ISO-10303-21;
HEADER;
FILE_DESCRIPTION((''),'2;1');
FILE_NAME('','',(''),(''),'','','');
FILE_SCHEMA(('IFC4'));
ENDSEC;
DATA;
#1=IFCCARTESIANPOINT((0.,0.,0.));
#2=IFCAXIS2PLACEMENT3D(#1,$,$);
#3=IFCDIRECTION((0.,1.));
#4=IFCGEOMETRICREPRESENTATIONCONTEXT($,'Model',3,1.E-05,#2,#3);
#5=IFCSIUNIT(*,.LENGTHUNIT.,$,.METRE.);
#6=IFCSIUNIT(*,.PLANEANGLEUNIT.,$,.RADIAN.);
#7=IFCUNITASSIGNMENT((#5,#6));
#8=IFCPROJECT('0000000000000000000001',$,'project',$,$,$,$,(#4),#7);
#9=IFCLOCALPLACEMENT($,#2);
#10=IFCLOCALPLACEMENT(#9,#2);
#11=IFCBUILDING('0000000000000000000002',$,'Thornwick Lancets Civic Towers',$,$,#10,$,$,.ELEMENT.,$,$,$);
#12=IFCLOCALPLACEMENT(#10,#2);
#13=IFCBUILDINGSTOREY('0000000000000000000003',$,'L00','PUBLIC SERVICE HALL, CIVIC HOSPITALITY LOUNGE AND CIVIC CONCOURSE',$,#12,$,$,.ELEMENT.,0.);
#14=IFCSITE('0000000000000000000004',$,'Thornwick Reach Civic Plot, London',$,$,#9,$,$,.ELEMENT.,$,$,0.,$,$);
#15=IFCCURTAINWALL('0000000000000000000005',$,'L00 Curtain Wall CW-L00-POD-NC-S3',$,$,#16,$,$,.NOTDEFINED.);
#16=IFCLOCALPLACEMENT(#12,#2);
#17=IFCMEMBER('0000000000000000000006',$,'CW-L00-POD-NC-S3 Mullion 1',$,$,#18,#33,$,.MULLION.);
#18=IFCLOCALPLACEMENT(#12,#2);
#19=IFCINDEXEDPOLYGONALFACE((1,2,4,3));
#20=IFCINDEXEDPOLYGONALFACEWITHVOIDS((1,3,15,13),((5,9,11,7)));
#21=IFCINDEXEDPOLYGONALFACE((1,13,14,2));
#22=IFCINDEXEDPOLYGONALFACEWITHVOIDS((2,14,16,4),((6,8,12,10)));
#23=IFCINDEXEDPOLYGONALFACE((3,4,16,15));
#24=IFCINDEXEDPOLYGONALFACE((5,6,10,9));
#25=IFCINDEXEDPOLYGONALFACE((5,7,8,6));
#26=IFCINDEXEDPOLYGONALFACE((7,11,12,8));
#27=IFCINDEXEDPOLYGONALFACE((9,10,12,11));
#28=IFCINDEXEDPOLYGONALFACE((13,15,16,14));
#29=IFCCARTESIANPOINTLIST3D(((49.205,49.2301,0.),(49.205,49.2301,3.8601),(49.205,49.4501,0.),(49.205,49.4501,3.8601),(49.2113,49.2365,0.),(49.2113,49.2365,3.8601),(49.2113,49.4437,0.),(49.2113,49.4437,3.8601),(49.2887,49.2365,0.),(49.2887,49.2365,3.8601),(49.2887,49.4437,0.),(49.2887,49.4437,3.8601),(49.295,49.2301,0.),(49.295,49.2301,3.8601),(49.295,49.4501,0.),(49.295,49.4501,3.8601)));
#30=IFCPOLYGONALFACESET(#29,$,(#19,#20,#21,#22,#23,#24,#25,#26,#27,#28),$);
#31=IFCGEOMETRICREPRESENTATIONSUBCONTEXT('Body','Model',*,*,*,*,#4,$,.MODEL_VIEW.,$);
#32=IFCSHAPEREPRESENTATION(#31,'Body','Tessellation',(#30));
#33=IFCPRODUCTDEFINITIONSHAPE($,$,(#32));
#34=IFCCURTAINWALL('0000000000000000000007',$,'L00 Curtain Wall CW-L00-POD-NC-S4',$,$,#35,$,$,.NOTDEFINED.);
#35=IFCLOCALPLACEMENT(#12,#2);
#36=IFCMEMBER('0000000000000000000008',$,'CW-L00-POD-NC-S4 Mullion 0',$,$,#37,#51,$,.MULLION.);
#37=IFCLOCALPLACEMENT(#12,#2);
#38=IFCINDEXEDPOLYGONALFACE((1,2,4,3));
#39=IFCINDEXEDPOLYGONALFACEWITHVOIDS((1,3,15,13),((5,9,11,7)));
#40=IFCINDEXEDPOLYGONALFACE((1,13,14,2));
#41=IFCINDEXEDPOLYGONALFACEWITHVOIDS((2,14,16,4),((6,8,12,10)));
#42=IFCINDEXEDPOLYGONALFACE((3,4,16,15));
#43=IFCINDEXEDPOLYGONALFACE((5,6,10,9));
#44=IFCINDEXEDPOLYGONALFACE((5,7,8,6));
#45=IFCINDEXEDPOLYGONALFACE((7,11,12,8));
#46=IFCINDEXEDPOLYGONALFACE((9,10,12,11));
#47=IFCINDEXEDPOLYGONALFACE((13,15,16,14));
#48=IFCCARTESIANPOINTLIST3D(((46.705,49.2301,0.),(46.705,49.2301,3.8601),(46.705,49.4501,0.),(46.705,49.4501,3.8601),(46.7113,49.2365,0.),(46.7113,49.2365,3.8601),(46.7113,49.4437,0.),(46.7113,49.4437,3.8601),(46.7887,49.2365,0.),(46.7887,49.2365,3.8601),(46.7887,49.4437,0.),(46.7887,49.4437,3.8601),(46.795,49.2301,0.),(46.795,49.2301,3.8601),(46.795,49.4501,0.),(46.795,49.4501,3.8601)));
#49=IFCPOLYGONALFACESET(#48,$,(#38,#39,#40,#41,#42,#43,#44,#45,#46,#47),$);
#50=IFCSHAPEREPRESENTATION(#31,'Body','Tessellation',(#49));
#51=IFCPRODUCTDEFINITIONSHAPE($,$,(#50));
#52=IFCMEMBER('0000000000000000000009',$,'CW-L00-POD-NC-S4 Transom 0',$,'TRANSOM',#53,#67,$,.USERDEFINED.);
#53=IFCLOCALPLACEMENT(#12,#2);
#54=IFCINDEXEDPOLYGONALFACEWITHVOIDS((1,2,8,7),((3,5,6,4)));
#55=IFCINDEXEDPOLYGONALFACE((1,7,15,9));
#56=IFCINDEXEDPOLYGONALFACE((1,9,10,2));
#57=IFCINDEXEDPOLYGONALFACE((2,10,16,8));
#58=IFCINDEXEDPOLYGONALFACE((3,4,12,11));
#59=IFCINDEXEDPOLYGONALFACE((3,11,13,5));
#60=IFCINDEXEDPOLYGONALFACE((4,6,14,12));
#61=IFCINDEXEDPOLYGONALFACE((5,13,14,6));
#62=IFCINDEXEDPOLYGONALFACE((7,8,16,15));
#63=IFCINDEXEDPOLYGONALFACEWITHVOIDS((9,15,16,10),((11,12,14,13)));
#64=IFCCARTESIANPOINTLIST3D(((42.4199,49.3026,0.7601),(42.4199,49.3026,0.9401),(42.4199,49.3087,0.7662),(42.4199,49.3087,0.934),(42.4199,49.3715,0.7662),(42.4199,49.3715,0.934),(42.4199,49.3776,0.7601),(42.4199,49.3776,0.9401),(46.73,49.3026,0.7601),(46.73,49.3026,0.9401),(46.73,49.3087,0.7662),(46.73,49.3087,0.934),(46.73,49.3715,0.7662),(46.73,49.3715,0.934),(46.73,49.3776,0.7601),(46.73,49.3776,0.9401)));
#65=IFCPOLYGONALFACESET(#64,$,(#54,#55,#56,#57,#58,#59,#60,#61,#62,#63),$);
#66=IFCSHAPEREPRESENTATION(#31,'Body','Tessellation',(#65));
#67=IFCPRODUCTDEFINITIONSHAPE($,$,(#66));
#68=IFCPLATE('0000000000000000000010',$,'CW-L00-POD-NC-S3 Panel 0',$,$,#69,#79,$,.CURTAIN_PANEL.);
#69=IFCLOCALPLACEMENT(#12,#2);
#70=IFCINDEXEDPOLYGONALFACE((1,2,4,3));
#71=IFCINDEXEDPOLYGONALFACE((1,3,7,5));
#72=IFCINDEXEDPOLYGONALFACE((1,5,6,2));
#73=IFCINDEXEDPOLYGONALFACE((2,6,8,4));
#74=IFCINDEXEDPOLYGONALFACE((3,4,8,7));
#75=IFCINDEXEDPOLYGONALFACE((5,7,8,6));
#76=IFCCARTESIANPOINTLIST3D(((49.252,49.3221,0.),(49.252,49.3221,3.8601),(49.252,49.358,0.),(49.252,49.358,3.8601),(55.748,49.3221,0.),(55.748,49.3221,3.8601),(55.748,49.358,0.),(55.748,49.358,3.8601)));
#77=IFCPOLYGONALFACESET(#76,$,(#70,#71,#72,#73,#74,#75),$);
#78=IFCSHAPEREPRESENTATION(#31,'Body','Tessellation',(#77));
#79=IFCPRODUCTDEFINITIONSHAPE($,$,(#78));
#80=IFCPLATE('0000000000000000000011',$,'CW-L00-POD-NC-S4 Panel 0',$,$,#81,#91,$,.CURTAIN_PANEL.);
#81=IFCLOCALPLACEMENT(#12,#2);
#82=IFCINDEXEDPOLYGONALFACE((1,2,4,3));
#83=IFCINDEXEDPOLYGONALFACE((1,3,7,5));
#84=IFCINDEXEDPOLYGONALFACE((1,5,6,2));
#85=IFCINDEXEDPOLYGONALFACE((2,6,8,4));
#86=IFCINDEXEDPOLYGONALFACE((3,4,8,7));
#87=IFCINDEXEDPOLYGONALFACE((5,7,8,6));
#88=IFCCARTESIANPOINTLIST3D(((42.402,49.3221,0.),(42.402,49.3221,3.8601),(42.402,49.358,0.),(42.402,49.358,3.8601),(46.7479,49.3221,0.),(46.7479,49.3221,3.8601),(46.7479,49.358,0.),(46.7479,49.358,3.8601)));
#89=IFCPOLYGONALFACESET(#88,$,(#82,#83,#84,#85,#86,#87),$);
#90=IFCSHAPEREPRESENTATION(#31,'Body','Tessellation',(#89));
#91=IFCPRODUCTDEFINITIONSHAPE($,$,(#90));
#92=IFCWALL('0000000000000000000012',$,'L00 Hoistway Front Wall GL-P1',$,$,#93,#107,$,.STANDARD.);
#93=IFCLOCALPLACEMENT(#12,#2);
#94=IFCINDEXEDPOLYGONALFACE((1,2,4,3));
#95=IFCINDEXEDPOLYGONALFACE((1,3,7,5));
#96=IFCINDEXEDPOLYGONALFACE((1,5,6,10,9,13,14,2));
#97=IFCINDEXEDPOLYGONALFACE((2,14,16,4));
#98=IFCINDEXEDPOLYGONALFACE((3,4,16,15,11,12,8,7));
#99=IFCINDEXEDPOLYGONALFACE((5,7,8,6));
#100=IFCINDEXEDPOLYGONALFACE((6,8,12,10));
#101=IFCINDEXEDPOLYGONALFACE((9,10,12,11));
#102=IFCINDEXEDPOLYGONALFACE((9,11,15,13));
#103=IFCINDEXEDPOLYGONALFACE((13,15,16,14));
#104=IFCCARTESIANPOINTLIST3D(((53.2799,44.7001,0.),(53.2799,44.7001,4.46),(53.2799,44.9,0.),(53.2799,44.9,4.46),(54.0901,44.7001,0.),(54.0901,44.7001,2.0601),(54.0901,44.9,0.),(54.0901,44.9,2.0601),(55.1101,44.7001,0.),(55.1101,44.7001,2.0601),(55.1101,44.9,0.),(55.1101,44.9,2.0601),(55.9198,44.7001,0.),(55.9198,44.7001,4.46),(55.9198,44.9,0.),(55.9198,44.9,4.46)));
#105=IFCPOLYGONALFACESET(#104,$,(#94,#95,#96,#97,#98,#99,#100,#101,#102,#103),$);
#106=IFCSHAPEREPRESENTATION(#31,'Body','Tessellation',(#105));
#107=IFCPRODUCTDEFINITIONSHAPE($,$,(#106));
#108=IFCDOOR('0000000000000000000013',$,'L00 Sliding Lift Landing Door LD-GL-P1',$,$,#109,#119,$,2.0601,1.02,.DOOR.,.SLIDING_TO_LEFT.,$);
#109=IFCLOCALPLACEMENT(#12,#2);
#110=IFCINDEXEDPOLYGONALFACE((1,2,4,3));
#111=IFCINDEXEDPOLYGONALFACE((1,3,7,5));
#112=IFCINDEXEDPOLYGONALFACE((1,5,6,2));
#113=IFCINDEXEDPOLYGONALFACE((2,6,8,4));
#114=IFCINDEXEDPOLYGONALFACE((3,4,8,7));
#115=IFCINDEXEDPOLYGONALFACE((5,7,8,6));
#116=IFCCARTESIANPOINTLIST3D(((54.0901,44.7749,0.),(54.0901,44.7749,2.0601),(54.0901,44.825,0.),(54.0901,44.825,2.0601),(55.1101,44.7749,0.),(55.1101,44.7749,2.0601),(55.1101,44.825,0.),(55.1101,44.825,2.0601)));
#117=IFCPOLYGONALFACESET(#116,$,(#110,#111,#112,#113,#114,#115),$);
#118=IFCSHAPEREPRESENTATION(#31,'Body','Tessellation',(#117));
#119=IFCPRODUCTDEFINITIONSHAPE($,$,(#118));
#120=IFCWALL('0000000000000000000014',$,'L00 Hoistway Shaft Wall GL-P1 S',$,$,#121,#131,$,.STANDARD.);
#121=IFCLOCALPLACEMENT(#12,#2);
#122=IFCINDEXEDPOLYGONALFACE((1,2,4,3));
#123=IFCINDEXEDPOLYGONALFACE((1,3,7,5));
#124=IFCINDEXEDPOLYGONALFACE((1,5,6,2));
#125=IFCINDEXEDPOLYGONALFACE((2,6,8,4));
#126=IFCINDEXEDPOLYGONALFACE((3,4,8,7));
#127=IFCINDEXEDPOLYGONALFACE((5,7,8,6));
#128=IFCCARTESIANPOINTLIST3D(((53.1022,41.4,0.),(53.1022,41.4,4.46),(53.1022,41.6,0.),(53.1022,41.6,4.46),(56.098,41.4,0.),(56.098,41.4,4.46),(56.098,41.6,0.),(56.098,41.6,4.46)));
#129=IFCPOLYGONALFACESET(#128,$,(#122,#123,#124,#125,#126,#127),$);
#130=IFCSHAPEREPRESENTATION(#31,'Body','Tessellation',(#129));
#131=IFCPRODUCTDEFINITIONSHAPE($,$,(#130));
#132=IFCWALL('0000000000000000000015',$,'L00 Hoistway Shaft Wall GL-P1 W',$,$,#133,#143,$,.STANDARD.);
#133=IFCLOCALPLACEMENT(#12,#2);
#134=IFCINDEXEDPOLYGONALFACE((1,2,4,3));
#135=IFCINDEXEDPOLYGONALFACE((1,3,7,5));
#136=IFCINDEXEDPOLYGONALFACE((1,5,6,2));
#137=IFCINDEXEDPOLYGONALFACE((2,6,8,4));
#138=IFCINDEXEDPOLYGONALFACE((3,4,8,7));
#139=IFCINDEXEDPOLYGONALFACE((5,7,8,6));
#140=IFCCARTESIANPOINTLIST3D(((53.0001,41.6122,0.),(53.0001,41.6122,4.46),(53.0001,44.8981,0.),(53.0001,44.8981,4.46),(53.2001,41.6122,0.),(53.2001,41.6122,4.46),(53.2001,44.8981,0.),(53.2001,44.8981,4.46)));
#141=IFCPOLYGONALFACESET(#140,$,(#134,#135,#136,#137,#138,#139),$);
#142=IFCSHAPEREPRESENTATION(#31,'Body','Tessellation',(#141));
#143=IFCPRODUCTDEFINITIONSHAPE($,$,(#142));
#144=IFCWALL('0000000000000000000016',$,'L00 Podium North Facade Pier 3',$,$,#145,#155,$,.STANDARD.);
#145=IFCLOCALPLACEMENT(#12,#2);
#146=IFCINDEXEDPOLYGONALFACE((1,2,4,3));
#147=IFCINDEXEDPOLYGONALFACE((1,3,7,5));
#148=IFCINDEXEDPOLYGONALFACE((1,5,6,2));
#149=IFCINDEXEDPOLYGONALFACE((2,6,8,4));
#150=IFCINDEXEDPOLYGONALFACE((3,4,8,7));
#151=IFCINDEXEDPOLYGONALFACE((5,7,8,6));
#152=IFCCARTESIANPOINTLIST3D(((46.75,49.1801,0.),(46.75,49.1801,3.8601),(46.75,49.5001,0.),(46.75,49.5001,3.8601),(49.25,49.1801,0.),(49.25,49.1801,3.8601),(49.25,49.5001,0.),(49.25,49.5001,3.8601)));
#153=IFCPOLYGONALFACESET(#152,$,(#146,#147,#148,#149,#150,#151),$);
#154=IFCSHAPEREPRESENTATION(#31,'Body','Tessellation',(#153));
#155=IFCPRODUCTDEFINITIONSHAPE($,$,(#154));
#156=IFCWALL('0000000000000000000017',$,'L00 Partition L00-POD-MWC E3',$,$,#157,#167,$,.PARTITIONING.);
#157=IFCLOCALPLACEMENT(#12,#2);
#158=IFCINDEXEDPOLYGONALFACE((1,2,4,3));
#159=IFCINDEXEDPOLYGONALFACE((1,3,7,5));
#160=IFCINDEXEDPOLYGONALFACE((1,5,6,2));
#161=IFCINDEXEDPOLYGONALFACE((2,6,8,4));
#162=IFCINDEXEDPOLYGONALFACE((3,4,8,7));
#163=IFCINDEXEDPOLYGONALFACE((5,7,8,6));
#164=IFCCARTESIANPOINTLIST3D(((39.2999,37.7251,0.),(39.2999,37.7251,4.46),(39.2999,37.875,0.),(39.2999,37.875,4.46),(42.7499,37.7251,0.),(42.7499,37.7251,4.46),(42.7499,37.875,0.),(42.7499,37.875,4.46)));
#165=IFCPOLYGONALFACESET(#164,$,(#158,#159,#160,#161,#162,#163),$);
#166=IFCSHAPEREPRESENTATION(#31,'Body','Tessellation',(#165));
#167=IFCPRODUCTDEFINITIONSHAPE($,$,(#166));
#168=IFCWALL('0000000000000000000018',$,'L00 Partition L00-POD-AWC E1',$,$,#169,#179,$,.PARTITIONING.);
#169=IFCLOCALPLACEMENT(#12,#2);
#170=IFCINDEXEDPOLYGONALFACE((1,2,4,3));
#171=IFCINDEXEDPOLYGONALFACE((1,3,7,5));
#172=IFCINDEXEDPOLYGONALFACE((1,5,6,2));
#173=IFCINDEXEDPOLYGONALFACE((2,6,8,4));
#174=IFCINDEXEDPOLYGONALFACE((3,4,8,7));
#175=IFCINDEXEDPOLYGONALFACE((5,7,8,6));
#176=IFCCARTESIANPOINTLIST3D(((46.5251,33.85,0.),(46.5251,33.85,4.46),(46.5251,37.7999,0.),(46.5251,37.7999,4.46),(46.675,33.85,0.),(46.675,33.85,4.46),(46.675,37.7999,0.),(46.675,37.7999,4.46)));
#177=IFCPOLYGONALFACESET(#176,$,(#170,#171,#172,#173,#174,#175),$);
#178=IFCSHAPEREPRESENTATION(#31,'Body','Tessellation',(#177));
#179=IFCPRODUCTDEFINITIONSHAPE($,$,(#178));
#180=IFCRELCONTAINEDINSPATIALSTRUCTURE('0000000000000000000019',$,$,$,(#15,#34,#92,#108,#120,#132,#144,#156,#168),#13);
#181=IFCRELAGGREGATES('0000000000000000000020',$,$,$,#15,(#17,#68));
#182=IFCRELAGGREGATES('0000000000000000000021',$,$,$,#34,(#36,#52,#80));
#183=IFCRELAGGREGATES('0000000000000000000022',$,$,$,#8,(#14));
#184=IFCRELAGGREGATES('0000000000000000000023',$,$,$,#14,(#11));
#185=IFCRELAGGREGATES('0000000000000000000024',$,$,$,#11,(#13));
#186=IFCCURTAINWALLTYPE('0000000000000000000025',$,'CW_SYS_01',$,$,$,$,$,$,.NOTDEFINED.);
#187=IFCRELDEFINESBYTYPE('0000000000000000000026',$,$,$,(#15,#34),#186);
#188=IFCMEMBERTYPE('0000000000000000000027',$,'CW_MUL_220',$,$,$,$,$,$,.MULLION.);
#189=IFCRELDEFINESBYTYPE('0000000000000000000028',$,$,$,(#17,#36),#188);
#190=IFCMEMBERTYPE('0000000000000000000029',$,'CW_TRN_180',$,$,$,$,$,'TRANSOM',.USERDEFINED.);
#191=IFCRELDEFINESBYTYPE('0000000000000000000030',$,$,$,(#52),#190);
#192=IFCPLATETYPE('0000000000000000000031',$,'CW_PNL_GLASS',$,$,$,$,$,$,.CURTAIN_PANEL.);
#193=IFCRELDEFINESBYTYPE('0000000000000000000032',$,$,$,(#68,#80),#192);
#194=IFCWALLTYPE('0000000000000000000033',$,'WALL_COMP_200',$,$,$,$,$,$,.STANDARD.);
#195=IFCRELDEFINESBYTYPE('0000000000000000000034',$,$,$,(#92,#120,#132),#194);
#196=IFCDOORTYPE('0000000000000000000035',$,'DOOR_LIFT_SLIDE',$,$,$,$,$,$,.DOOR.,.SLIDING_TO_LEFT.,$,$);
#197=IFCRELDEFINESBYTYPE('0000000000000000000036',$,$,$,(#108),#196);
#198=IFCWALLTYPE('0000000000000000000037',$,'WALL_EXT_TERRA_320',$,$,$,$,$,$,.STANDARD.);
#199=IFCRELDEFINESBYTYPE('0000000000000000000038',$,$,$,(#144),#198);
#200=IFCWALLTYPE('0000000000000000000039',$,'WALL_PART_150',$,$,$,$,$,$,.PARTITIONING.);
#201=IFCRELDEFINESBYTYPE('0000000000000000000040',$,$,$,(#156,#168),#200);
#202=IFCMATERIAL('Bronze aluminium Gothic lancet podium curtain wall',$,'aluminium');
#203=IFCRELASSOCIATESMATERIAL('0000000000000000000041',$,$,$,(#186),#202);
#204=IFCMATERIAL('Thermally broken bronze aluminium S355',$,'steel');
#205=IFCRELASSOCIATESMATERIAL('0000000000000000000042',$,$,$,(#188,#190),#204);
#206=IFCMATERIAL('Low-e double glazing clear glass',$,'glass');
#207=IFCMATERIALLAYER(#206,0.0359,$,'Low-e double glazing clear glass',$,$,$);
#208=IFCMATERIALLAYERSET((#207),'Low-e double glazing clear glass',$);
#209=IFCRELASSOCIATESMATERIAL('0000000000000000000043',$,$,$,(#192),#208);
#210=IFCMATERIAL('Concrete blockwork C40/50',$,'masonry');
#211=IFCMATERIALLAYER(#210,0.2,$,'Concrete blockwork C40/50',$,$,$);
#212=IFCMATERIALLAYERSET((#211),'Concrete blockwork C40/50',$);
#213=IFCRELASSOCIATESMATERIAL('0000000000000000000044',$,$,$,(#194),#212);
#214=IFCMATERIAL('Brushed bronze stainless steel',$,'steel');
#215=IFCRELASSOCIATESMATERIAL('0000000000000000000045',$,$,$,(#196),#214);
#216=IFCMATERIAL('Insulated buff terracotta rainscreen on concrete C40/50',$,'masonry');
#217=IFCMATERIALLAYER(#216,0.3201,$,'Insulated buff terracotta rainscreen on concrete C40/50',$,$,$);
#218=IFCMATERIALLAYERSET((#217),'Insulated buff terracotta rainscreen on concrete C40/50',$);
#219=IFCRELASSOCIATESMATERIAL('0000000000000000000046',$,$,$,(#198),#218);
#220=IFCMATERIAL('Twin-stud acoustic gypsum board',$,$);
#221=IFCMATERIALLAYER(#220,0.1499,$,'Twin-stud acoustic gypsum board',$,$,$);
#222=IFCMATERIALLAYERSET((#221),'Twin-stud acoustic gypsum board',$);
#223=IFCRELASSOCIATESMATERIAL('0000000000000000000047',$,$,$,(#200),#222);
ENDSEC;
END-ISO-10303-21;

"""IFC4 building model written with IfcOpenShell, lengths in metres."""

from ifc_helpers import new_model, si_unit, direction, frame, frame_2d, origin, origin_2d, place, context, subcontext, project, spatial, rectangle, hollow_rectangle, extrude, material, layer, layer_set, material_profile, profile_set, type_object, element, fill, aggregate, save


model = new_model("IFC4")

# Units and contexts
model_context = context("Model", 3, precision=1e-05, world=origin(), true_north=direction((0.0, 1.0)))
body_context = subcontext(model_context, "Body", "Model", "MODEL_VIEW")
ifc_project = project(units=[si_unit("LENGTHUNIT", "METRE"), si_unit("PLANEANGLEUNIT", "RADIAN")], contexts=[model_context])

# Site, building, storey
site_placement = place(None, origin())
site = spatial("IfcSite", under=ifc_project, at=site_placement, Name="Thornwick Reach Civic Plot, London", CompositionType="ELEMENT", RefElevation=0.0)
building_placement = place(site_placement, origin())
building = spatial("IfcBuilding", under=site, at=building_placement, Name="Thornwick Lancets Civic Towers", CompositionType="ELEMENT")
storey_placement = place(building_placement, origin())
storey = spatial("IfcBuildingStorey", under=building, at=storey_placement, Name="L00", Description="PUBLIC SERVICE HALL, CIVIC HOSPITALITY LOUNGE AND CIVIC CONCOURSE", CompositionType="ELEMENT", Elevation=0.0)

# Curtain wall, member
ifc_material_1 = material(Name="Bronze aluminium Gothic lancet podium curtain wall", Category="aluminium")
curtain_wall_type = type_object("IfcCurtainWallType", Name="CW_SYS_01", PredefinedType="NOTDEFINED", material=ifc_material_1)
curtain_wall_1_placement = place(storey_placement, origin())
curtain_wall_1 = element("IfcCurtainWall", 1, at=curtain_wall_1_placement, inside=storey, type_object=curtain_wall_type, Name="L00 Curtain Wall CW-L00-POD-NC-S3", PredefinedType="NOTDEFINED")
ifc_material_2 = material(Name="Thermally broken bronze aluminium S355", Category="steel")
ifc_material_profile_1 = material_profile(ifc_material_2, hollow_rectangle(XDim=0.0901, YDim=0.22, WallThickness=0.0063, at=origin_2d()), Name="RHS 220x90x6.3")
ifc_profile_set_1 = profile_set([ifc_material_profile_1], Name="Thermally broken bronze aluminium S355")
member_type_1 = type_object("IfcMemberType", Name="CW_MUL_220", PredefinedType="MULLION", material=ifc_profile_set_1)
member_1_placement = place(storey_placement, frame((49.25, 49.3401, 0.0), z_axis=(0.0, 0.0, 1.0), x_axis=(1.0, 0.0, 0.0)))
member_1 = element("IfcMember", 2, at=member_1_placement, type_object=member_type_1, Name="CW-L00-POD-NC-S3 Mullion 1", PredefinedType="MULLION", context=body_context, shape_type="SweptSolid", body=[
    extrude(hollow_rectangle(XDim=0.0901, YDim=0.22, WallThickness=0.0063, at=origin_2d()), origin(), (0.0, 0.0, 1.0), 3.8601),
])

# Curtain wall, members
curtain_wall_2_placement = place(storey_placement, origin())
curtain_wall_2 = element("IfcCurtainWall", 3, at=curtain_wall_2_placement, inside=storey, type_object=curtain_wall_type, Name="L00 Curtain Wall CW-L00-POD-NC-S4", PredefinedType="NOTDEFINED")
member_2_placement = place(storey_placement, frame((46.75, 49.3401, 0.0), z_axis=(0.0, 0.0, 1.0), x_axis=(1.0, 0.0, 0.0)))
member_2 = element("IfcMember", 4, at=member_2_placement, type_object=member_type_1, Name="CW-L00-POD-NC-S4 Mullion 0", PredefinedType="MULLION", context=body_context, shape_type="SweptSolid", body=[
    extrude(hollow_rectangle(XDim=0.0901, YDim=0.22, WallThickness=0.0063, at=origin_2d()), origin(), (0.0, 0.0, 1.0), 3.8601),
])
ifc_material_profile_2 = material_profile(ifc_material_2, hollow_rectangle(XDim=0.075, YDim=0.1799, WallThickness=0.0061, at=origin_2d()), Name="RHS 180x75x6")
ifc_profile_set_2 = profile_set([ifc_material_profile_2], Name="Thermally broken bronze aluminium S355")
member_type_2 = type_object("IfcMemberType", Name="CW_TRN_180", ElementType="TRANSOM", PredefinedType="USERDEFINED", material=ifc_profile_set_2)
member_3_placement = place(storey_placement, frame((46.73, 49.3401, 0.8501), z_axis=(-1.0, 0.0, 0.0), x_axis=(0.0, -1.0, 0.0)))
member_3 = element("IfcMember", 5, at=member_3_placement, type_object=member_type_2, Name="CW-L00-POD-NC-S4 Transom 0", ObjectType="TRANSOM", PredefinedType="USERDEFINED", context=body_context, shape_type="SweptSolid", body=[
    extrude(hollow_rectangle(XDim=0.075, YDim=0.1799, WallThickness=0.0061, at=origin_2d()), origin(), (0.0, 0.0, 1.0), 4.3101),
])

# Plates
ifc_material_3 = material(Name="Low-e double glazing clear glass", Category="glass")
ifc_layer_1 = layer(ifc_material_3, 0.0359, Name="Low-e double glazing clear glass")
ifc_layer_set_1 = layer_set([ifc_layer_1], Name="Low-e double glazing clear glass")
plate_type = type_object("IfcPlateType", Name="CW_PNL_GLASS", PredefinedType="CURTAIN_PANEL", material=ifc_layer_set_1)
plate_1_placement = place(storey_placement, frame((52.5, 49.3401, 0.0), z_axis=(0.0, 0.0, 1.0), x_axis=(-1.0, 0.0, 0.0)))
plate_1 = element("IfcPlate", 6, at=plate_1_placement, type_object=plate_type, Name="CW-L00-POD-NC-S3 Panel 0", PredefinedType="CURTAIN_PANEL", context=body_context, shape_type="SweptSolid", body=[
    extrude(rectangle(XDim=6.4961, YDim=0.0359, at=origin_2d()), origin(), (0.0, 0.0, 1.0), 3.8601),
])
aggregate(curtain_wall_1, [member_1, plate_1])
plate_2_placement = place(storey_placement, frame((44.575, 49.3401, 0.0), z_axis=(0.0, 0.0, 1.0), x_axis=(-1.0, 0.0, 0.0)))
plate_2 = element("IfcPlate", 7, at=plate_2_placement, type_object=plate_type, Name="CW-L00-POD-NC-S4 Panel 0", PredefinedType="CURTAIN_PANEL", context=body_context, shape_type="SweptSolid", body=[
    extrude(rectangle(XDim=4.3459, YDim=0.0359, at=origin_2d()), origin(), (0.0, 0.0, 1.0), 3.8601),
])
aggregate(curtain_wall_2, [member_2, member_3, plate_2])

# Wall, opening, door
ifc_material_4 = material(Name="Concrete blockwork C40/50", Category="masonry")
ifc_layer_2 = layer(ifc_material_4, 0.2, Name="Concrete blockwork C40/50")
ifc_layer_set_2 = layer_set([ifc_layer_2], Name="Concrete blockwork C40/50")
wall_type_1 = type_object("IfcWallType", Name="WALL_COMP_200", PredefinedType="STANDARD", material=ifc_layer_set_2)
wall_1_placement = place(storey_placement, frame((53.28, 44.8, 0.0), z_axis=(0.0, 0.0, 1.0), x_axis=(1.0, 0.0, 0.0)))
wall_1 = element("IfcWall", 8, at=wall_1_placement, inside=storey, type_object=wall_type_1, Name="L00 Hoistway Front Wall GL-P1", PredefinedType="STANDARD", context=body_context, shape_type="SweptSolid", body=[
    extrude(rectangle(XDim=2.6399, YDim=0.2, at=frame_2d((1.3198, 0.0))), origin(), (0.0, 0.0, 1.0), 4.46),
])
opening_1_placement = place(wall_1_placement, frame((0.8101, 0.0, 0.0)))
opening_1 = element("IfcOpeningElement", 9, at=opening_1_placement, cuts=wall_1, PredefinedType="OPENING", context=body_context, shape_type="SweptSolid", body=[
    extrude(rectangle(XDim=1.02, YDim=2.0601, at=frame_2d((0.51, 1.03))), frame((0.0, 0.1099, 0.0), z_axis=(0.0, -1.0, 0.0), x_axis=(1.0, 0.0, 0.0)), (0.0, 0.0, 1.0), 0.22),
])
ifc_material_5 = material(Name="Brushed bronze stainless steel", Category="steel")
door_type_1 = type_object("IfcDoorType", Name="DOOR_LIFT_SLIDE", OperationType="SLIDING_TO_LEFT", PredefinedType="DOOR", material=ifc_material_5)
door_1_placement = place(opening_1_placement, origin())
door_1 = element("IfcDoor", 10, at=door_1_placement, inside=storey, type_object=door_type_1, Name="L00 Sliding Lift Landing Door LD-GL-P1", OperationType="SLIDING_TO_LEFT", OverallHeight=2.0601, OverallWidth=1.02, PredefinedType="DOOR", context=body_context, shape_type="SweptSolid", body=[
    extrude(rectangle(XDim=1.02, YDim=2.0601, at=frame_2d((0.51, 1.03))), frame((0.0, 0.0249, 0.0), z_axis=(0.0, -1.0, 0.0), x_axis=(1.0, 0.0, 0.0)), (0.0, 0.0, 1.0), 0.05),
])
fill(opening_1, door_1)

# Walls
wall_2_placement = place(storey_placement, frame((53.1021, 41.5, 0.0), z_axis=(0.0, 0.0, 1.0), x_axis=(1.0, 0.0, 0.0)))
element("IfcWall", 11, at=wall_2_placement, inside=storey, type_object=wall_type_1, Name="L00 Hoistway Shaft Wall GL-P1 S", PredefinedType="STANDARD", context=body_context, shape_type="SweptSolid", body=[
    extrude(rectangle(XDim=2.9958, YDim=0.2, at=frame_2d((1.498, 0.0))), origin(), (0.0, 0.0, 1.0), 4.46),
])
wall_3_placement = place(storey_placement, frame((53.1001, 41.6121, 0.0), z_axis=(0.0, 0.0, 1.0), x_axis=(0.0, 1.0, 0.0)))
element("IfcWall", 12, at=wall_3_placement, inside=storey, type_object=wall_type_1, Name="L00 Hoistway Shaft Wall GL-P1 W", PredefinedType="STANDARD", context=body_context, shape_type="SweptSolid", body=[
    extrude(rectangle(XDim=3.2859, YDim=0.2, at=frame_2d((1.6431, 0.0))), origin(), (0.0, 0.0, 1.0), 4.46),
])
ifc_material_6 = material(Name="Insulated buff terracotta rainscreen on concrete C40/50", Category="masonry")
ifc_layer_3 = layer(ifc_material_6, 0.3201, Name="Insulated buff terracotta rainscreen on concrete C40/50")
ifc_layer_set_3 = layer_set([ifc_layer_3], Name="Insulated buff terracotta rainscreen on concrete C40/50")
wall_type_2 = type_object("IfcWallType", Name="WALL_EXT_TERRA_320", PredefinedType="STANDARD", material=ifc_layer_set_3)
wall_4_placement = place(storey_placement, frame((49.25, 49.3401, 0.0), z_axis=(0.0, 0.0, 1.0), x_axis=(-1.0, 0.0, 0.0)))
element("IfcWall", 13, at=wall_4_placement, inside=storey, type_object=wall_type_2, Name="L00 Podium North Facade Pier 3", PredefinedType="STANDARD", context=body_context, shape_type="SweptSolid", body=[
    extrude(rectangle(XDim=2.5, YDim=0.3201, at=frame_2d((1.25, 0.0))), origin(), (0.0, 0.0, 1.0), 3.8601),
])
ifc_material_7 = material(Name="Twin-stud acoustic gypsum board")
ifc_layer_4 = layer(ifc_material_7, 0.1499, Name="Twin-stud acoustic gypsum board")
ifc_layer_set_4 = layer_set([ifc_layer_4], Name="Twin-stud acoustic gypsum board")
wall_type_3 = type_object("IfcWallType", Name="WALL_PART_150", PredefinedType="PARTITIONING", material=ifc_layer_set_4)
wall_5_placement = place(storey_placement, frame((42.75, 37.8, 0.0), z_axis=(0.0, 0.0, 1.0), x_axis=(-1.0, 0.0, 0.0)))
element("IfcWall", 14, at=wall_5_placement, inside=storey, type_object=wall_type_3, Name="L00 Partition L00-POD-MWC E3", PredefinedType="PARTITIONING", context=body_context, shape_type="SweptSolid", body=[
    extrude(rectangle(XDim=3.45, YDim=0.1499, at=frame_2d((1.7251, 0.0))), origin(), (0.0, 0.0, 1.0), 4.46),
])
wall_6_placement = place(storey_placement, frame((46.6001, 37.8, 0.0), z_axis=(0.0, 0.0, 1.0), x_axis=(0.0, -1.0, 0.0)))
element("IfcWall", 15, at=wall_6_placement, inside=storey, type_object=wall_type_3, Name="L00 Partition L00-POD-AWC E1", PredefinedType="PARTITIONING", context=body_context, shape_type="SweptSolid", body=[
    extrude(rectangle(XDim=3.95, YDim=0.1499, at=frame_2d((1.9751, 0.0))), origin(), (0.0, 0.0, 1.0), 4.46),
])

save(model, "model.ifc")
